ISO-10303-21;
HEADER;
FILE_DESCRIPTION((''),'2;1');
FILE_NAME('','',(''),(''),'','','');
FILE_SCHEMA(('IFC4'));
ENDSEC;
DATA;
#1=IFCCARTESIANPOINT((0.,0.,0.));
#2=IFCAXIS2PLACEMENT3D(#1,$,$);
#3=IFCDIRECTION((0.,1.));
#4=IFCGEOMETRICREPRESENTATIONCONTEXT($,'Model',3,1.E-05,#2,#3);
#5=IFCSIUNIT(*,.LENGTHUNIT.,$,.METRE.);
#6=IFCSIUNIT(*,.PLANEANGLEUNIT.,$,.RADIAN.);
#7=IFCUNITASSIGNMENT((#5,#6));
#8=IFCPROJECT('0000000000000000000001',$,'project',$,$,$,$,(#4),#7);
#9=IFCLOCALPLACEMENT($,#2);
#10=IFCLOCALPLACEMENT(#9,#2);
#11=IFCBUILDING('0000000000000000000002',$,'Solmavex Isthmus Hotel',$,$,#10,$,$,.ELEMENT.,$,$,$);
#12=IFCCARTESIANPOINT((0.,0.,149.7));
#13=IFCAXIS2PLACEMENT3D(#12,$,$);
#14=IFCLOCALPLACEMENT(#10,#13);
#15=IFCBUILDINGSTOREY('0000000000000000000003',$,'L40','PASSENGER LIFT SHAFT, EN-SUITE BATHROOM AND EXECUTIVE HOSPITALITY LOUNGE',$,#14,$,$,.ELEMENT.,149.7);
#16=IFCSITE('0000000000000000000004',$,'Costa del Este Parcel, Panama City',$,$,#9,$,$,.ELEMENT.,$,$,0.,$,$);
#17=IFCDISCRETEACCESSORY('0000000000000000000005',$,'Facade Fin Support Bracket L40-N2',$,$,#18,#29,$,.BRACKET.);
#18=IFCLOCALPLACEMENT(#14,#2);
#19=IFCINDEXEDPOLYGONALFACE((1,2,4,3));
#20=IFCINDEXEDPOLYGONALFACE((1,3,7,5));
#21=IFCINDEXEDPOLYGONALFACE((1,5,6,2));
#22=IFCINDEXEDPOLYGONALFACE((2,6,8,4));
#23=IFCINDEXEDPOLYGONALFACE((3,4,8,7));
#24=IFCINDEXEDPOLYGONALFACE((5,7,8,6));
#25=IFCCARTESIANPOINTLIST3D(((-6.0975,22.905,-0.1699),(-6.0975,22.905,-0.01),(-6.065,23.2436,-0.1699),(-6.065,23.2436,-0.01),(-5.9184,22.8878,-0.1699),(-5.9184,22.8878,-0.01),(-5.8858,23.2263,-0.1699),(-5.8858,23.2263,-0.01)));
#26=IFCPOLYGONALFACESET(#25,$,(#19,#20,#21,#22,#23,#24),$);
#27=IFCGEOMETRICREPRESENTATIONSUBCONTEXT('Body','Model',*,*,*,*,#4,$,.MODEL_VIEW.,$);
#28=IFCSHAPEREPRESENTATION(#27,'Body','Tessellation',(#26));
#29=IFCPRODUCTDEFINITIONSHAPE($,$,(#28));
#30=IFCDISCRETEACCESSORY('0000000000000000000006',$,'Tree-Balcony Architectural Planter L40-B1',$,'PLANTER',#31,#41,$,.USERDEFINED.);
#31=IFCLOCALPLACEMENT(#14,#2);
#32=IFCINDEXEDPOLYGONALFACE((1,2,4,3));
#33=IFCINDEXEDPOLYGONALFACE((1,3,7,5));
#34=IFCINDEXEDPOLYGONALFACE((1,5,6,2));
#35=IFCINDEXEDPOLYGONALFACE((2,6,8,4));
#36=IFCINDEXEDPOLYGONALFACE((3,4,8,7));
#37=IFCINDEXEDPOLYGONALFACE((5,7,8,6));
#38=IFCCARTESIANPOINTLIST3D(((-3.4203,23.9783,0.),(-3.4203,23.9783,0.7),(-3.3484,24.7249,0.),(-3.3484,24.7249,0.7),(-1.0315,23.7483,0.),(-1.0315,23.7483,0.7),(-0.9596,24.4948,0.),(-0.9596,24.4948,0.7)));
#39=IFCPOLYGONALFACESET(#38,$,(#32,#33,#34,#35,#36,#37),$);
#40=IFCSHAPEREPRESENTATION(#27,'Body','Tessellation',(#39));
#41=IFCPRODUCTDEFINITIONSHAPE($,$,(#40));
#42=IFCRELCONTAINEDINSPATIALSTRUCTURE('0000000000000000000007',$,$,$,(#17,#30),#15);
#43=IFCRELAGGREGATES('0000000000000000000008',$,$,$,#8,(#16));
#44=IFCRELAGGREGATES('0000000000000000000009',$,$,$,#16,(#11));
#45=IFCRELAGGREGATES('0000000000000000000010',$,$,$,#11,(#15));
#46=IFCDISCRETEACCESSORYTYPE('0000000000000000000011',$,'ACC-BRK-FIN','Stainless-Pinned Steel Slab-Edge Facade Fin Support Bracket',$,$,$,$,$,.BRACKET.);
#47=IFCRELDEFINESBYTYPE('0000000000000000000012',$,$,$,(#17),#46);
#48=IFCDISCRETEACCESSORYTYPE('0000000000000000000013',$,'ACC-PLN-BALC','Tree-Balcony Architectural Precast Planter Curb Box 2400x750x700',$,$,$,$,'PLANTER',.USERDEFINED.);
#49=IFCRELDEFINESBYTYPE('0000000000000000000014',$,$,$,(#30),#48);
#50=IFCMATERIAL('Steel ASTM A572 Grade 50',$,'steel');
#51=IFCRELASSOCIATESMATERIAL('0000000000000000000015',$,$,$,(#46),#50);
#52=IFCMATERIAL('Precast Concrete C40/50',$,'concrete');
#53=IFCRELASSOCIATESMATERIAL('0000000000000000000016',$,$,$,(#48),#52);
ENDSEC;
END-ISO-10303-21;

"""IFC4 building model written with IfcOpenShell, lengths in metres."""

from ifc_helpers import new_model, si_unit, direction, frame, origin, origin_2d, place, context, subcontext, project, spatial, rectangle, extrude, material, type_object, element, save


model = new_model("IFC4")

# Units and contexts
model_context = context("Model", 3, precision=1e-05, world=origin(), true_north=direction((0.0, 1.0)))
body_context = subcontext(model_context, "Body", "Model", "MODEL_VIEW")
ifc_project = project(units=[si_unit("LENGTHUNIT", "METRE"), si_unit("PLANEANGLEUNIT", "RADIAN")], contexts=[model_context])

# Site, building, storey
site_placement = place(None, origin())
site = spatial("IfcSite", under=ifc_project, at=site_placement, Name="Costa del Este Parcel, Panama City", CompositionType="ELEMENT", RefElevation=0.0)
building_placement = place(site_placement, origin())
building = spatial("IfcBuilding", under=site, at=building_placement, Name="Solmavex Isthmus Hotel", CompositionType="ELEMENT")
storey_placement = place(building_placement, frame((0.0, 0.0, 149.7)))
storey = spatial("IfcBuildingStorey", under=building, at=storey_placement, Name="L40", Description="PASSENGER LIFT SHAFT, EN-SUITE BATHROOM AND EXECUTIVE HOSPITALITY LOUNGE", CompositionType="ELEMENT", Elevation=149.7)

# Shared definitions
ifc_material_1 = material(Name="Precast Concrete C40/50", Category="concrete")

# Discrete accessories
ifc_material_2 = material(Name="Steel ASTM A572 Grade 50", Category="steel")
discrete_accessory_type_1 = type_object("IfcDiscreteAccessoryType", Name="ACC-BRK-FIN", Description="Stainless-Pinned Steel Slab-Edge Facade Fin Support Bracket", PredefinedType="BRACKET", material=ifc_material_2)
discrete_accessory_1_placement = place(storey_placement, frame((-5.9917, 23.0657, -0.1699), z_axis=(0.0, 0.0, 1.0), x_axis=(0.095846, 0.995396, 0.0)))
element("IfcDiscreteAccessory", 1, at=discrete_accessory_1_placement, inside=storey, type_object=discrete_accessory_type_1, Name="Facade Fin Support Bracket L40-N2", PredefinedType="BRACKET", context=body_context, shape_type="SweptSolid", body=[
    extrude(rectangle(XDim=0.3401, YDim=0.1799, at=origin_2d()), origin(), (0.0, 0.0, 1.0), 0.1599),
])
discrete_accessory_type_2 = type_object("IfcDiscreteAccessoryType", Name="ACC-PLN-BALC", Description="Tree-Balcony Architectural Precast Planter Curb Box 2400x750x700", ElementType="PLANTER", PredefinedType="USERDEFINED", material=ifc_material_1)
discrete_accessory_2_placement = place(storey_placement, frame((-2.1899, 24.2366, 0.0), z_axis=(0.0, 0.0, 1.0), x_axis=(0.995396, -0.095846, 0.0)))
element("IfcDiscreteAccessory", 2, at=discrete_accessory_2_placement, inside=storey, type_object=discrete_accessory_type_2, Name="Tree-Balcony Architectural Planter L40-B1", ObjectType="PLANTER", PredefinedType="USERDEFINED", context=body_context, shape_type="SweptSolid", body=[
    extrude(rectangle(XDim=2.3999, YDim=0.75, at=origin_2d()), origin(), (0.0, 0.0, 1.0), 0.7),
])

save(model, "model.ifc")
